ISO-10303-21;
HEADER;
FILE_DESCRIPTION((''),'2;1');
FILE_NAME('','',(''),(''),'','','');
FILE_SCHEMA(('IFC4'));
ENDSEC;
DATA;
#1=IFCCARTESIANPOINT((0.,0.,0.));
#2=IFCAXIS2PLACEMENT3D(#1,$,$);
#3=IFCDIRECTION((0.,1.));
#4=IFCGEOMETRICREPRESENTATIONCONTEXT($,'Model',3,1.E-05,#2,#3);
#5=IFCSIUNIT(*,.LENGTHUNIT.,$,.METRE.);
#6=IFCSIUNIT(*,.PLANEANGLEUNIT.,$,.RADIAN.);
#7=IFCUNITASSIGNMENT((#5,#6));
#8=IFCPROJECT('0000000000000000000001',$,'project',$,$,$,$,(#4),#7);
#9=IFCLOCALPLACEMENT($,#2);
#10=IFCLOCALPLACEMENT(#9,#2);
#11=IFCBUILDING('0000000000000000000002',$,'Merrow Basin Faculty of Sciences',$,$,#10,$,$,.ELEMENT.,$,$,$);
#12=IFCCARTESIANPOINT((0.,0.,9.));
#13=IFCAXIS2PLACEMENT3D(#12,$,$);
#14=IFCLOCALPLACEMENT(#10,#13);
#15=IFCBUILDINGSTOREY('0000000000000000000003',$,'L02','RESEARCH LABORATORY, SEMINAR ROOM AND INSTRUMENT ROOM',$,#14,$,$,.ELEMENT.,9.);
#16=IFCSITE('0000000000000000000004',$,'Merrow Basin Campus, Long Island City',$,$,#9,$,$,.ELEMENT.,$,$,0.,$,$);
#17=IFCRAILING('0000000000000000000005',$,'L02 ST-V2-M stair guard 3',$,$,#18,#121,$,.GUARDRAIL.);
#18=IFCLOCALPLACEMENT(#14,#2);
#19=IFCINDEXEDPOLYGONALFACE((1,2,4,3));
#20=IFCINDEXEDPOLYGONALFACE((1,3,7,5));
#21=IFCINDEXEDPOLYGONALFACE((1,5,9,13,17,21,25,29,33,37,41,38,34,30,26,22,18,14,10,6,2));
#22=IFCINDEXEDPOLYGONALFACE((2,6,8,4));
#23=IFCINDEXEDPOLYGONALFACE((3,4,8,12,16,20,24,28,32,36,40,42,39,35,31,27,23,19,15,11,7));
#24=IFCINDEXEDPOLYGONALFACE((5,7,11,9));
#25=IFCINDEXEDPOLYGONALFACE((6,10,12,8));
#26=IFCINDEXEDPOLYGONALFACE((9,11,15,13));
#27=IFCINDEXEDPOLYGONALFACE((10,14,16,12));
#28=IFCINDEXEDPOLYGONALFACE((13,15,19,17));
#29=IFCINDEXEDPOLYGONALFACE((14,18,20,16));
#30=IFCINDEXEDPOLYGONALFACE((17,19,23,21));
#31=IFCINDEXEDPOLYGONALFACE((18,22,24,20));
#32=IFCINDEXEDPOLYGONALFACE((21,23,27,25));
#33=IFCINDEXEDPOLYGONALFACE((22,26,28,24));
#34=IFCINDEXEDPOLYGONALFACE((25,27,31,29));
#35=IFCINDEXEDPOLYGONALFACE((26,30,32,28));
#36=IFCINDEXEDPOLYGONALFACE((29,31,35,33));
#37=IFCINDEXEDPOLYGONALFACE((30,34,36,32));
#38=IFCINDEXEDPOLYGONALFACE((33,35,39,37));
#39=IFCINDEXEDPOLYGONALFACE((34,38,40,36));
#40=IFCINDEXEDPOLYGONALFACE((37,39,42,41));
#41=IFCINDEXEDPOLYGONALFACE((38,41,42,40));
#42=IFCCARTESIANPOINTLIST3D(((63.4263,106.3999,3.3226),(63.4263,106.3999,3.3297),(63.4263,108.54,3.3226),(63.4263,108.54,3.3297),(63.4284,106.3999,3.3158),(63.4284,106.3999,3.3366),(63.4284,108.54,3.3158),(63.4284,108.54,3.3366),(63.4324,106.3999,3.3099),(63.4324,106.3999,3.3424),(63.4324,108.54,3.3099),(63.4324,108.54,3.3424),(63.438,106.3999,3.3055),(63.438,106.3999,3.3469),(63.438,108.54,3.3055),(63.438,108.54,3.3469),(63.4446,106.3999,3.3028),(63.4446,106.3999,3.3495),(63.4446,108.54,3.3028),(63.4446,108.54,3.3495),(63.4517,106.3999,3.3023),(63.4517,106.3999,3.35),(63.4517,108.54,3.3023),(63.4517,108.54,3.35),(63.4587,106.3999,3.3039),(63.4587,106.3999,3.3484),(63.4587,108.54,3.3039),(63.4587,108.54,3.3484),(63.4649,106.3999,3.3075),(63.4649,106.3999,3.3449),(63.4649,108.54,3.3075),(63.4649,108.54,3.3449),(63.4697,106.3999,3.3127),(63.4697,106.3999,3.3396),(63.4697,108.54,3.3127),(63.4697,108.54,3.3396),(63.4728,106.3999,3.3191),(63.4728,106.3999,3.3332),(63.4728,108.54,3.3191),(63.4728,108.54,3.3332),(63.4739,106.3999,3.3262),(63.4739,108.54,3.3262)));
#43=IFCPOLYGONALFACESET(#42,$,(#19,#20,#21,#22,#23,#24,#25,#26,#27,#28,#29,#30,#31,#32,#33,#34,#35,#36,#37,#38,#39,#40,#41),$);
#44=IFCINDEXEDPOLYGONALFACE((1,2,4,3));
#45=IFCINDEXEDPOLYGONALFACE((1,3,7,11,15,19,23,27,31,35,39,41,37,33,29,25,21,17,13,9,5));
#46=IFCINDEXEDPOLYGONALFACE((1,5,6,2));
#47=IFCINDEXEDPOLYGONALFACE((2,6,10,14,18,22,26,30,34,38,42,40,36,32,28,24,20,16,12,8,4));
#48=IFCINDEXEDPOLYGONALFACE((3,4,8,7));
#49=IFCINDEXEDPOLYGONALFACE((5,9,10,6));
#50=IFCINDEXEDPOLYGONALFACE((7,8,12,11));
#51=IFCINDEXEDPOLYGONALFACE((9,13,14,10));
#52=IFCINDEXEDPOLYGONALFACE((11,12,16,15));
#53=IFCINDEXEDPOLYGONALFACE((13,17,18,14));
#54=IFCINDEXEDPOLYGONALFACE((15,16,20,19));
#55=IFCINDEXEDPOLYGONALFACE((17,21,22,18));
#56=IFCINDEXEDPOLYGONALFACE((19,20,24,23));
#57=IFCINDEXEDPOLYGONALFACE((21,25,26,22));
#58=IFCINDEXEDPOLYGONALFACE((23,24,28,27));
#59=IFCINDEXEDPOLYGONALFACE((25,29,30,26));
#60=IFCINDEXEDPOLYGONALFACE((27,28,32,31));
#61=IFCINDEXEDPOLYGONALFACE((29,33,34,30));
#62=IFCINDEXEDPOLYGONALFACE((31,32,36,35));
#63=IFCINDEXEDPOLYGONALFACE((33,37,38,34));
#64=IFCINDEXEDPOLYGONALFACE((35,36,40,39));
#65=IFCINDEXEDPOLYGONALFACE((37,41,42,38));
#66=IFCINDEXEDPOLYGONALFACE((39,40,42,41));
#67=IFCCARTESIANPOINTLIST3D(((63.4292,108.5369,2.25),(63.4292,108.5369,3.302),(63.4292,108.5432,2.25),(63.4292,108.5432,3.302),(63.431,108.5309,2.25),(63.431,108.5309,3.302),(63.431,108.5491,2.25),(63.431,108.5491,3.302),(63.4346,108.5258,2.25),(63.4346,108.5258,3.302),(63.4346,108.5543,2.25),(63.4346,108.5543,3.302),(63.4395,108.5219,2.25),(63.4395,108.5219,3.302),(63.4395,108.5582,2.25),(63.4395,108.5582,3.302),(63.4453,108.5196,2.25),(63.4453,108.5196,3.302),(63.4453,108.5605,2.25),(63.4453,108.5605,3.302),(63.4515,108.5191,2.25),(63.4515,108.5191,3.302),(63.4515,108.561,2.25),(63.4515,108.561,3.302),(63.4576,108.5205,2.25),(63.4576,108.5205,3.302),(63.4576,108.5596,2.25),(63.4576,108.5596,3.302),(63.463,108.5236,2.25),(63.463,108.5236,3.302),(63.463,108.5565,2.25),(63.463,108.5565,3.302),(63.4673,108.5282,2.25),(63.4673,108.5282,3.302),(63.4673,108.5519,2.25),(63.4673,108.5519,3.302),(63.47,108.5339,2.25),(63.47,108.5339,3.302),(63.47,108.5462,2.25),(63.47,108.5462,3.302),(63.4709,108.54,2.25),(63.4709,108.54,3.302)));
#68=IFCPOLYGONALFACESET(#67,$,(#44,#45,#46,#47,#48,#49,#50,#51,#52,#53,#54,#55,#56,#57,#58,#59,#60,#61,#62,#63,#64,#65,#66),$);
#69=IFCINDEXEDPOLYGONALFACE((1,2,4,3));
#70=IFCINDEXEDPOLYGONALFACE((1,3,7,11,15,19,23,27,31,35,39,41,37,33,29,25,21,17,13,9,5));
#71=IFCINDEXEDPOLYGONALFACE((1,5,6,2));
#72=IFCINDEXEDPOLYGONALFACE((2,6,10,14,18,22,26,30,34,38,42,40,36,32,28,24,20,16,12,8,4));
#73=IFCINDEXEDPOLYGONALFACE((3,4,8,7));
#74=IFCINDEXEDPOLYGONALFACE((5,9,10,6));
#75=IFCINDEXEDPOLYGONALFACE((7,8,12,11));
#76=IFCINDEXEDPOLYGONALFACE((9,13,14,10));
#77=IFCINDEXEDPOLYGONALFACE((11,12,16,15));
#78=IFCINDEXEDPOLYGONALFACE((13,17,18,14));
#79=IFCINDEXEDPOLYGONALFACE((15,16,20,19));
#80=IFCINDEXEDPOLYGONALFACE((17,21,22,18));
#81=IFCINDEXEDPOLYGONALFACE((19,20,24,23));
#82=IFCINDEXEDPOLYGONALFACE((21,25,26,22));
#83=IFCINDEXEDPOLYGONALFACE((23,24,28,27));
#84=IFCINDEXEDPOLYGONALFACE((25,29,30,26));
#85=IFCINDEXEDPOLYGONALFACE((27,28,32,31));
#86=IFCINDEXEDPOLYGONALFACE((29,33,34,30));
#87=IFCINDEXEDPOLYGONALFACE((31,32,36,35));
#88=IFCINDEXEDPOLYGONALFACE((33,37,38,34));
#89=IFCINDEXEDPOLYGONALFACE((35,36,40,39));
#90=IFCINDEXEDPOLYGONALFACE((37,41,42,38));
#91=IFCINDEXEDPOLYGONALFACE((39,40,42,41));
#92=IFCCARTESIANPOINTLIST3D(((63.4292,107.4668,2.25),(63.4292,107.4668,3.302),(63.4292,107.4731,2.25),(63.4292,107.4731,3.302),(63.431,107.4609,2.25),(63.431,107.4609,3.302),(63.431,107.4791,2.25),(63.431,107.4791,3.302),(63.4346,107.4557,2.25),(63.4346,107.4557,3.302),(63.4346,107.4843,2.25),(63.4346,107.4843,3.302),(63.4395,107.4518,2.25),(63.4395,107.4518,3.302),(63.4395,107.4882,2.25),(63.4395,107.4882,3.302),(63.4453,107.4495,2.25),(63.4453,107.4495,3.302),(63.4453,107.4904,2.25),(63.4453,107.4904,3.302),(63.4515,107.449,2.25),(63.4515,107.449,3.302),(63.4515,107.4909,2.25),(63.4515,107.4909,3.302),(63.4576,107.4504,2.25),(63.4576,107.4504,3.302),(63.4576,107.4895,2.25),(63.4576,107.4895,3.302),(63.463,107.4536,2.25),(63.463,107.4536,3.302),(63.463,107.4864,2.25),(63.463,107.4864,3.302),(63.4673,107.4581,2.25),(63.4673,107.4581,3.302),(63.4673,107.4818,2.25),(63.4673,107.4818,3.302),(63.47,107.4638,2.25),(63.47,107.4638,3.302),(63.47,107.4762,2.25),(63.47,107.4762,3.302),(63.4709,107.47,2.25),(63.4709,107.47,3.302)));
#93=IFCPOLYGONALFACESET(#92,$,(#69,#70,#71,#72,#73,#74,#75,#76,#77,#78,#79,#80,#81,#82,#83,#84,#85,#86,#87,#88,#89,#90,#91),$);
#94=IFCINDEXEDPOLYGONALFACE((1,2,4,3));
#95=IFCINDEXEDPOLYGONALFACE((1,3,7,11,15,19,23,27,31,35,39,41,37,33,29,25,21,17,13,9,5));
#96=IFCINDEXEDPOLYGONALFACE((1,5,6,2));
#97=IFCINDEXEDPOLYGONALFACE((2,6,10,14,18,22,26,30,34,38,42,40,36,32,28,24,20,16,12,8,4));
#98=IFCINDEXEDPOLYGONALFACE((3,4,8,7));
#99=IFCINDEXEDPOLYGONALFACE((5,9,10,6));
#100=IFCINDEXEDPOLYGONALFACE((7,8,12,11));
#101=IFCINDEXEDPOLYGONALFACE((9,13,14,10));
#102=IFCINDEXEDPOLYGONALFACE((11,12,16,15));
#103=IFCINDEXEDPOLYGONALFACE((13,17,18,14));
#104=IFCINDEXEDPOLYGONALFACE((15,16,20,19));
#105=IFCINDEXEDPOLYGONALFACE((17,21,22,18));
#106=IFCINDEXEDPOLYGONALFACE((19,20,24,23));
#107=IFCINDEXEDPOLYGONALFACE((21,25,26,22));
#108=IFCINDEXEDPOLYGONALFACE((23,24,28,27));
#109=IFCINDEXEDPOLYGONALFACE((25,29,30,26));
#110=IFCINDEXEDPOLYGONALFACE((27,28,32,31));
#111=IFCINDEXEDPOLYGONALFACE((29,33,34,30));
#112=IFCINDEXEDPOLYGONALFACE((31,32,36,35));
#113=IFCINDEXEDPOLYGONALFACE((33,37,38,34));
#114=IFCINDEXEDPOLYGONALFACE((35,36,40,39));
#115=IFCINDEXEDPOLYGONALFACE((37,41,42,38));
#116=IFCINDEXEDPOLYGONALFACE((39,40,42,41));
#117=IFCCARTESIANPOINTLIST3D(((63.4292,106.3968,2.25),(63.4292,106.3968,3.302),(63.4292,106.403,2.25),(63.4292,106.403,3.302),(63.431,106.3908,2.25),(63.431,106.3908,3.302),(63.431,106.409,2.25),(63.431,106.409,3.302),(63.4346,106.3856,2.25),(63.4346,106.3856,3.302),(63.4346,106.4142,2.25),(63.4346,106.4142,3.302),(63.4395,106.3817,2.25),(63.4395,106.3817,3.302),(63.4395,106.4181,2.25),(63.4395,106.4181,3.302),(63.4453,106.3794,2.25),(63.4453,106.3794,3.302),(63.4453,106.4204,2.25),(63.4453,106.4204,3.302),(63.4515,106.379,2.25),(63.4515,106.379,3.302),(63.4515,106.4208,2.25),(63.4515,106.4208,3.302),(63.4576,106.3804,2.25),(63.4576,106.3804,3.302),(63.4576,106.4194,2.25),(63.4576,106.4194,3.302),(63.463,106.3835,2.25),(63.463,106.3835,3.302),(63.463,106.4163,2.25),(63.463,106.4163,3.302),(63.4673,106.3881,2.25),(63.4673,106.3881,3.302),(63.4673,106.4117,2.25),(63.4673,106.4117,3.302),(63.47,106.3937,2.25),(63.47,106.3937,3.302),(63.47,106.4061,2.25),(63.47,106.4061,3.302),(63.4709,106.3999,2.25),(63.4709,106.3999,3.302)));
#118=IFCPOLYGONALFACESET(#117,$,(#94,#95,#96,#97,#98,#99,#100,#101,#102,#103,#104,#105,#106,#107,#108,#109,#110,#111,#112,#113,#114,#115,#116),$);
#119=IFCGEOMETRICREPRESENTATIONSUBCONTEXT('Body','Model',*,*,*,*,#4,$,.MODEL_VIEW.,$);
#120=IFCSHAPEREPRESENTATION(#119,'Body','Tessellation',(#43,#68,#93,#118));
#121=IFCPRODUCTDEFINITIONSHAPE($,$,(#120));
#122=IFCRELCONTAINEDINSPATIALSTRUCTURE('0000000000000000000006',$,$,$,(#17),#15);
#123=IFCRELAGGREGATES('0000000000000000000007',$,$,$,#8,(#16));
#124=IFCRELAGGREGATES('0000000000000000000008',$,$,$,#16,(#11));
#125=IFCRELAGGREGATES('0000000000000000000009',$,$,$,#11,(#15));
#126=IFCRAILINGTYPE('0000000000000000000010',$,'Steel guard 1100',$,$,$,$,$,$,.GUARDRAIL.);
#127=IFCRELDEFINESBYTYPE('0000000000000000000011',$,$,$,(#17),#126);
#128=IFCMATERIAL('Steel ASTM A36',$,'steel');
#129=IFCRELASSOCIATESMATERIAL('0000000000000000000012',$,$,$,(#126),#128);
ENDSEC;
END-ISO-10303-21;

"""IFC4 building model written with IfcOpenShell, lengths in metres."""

from ifc_helpers import new_model, si_unit, direction, frame, origin, origin_2d, place, context, subcontext, project, spatial, circle, extrude, material, type_object, element, save


model = new_model("IFC4")

# Units and contexts
model_context = context("Model", 3, precision=1e-05, world=origin(), true_north=direction((0.0, 1.0)))
body_context = subcontext(model_context, "Body", "Model", "MODEL_VIEW")
ifc_project = project(units=[si_unit("LENGTHUNIT", "METRE"), si_unit("PLANEANGLEUNIT", "RADIAN")], contexts=[model_context])

# Site, building, storey
site_placement = place(None, origin())
site = spatial("IfcSite", under=ifc_project, at=site_placement, Name="Merrow Basin Campus, Long Island City", CompositionType="ELEMENT", RefElevation=0.0)
building_placement = place(site_placement, origin())
building = spatial("IfcBuilding", under=site, at=building_placement, Name="Merrow Basin Faculty of Sciences", CompositionType="ELEMENT")
storey_placement = place(building_placement, frame((0.0, 0.0, 9.0)))
storey = spatial("IfcBuildingStorey", under=building, at=storey_placement, Name="L02", Description="RESEARCH LABORATORY, SEMINAR ROOM AND INSTRUMENT ROOM", CompositionType="ELEMENT", Elevation=9.0)

# Railing
ifc_material_1 = material(Name="Steel ASTM A36", Category="steel")
railing_type = type_object("IfcRailingType", Name="Steel guard 1100", PredefinedType="GUARDRAIL", material=ifc_material_1)
railing_1_placement = place(storey_placement, frame((63.45, 108.54, 2.25)))
element("IfcRailing", 1, at=railing_1_placement, inside=storey, type_object=railing_type, Name="L02 ST-V2-M stair guard 3", PredefinedType="GUARDRAIL", context=body_context, shape_type="SweptSolid", body=[
    extrude(circle(Radius=0.0239, at=origin_2d()), frame((0.0, 0.0, 1.0762), z_axis=(0.0, -1.0, 0.0), x_axis=(1.0, 0.0, 0.0)), (0.0, 0.0, 1.0), 2.1401),
    extrude(circle(Radius=0.021, at=origin_2d()), origin(), (0.0, 0.0, 1.0), 1.052),
    extrude(circle(Radius=0.021, at=origin_2d()), frame((0.0, -1.0701, 0.0)), (0.0, 0.0, 1.0), 1.052),
    extrude(circle(Radius=0.021, at=origin_2d()), frame((0.0, -2.1401, 0.0)), (0.0, 0.0, 1.0), 1.052),
])

save(model, "model.ifc")
